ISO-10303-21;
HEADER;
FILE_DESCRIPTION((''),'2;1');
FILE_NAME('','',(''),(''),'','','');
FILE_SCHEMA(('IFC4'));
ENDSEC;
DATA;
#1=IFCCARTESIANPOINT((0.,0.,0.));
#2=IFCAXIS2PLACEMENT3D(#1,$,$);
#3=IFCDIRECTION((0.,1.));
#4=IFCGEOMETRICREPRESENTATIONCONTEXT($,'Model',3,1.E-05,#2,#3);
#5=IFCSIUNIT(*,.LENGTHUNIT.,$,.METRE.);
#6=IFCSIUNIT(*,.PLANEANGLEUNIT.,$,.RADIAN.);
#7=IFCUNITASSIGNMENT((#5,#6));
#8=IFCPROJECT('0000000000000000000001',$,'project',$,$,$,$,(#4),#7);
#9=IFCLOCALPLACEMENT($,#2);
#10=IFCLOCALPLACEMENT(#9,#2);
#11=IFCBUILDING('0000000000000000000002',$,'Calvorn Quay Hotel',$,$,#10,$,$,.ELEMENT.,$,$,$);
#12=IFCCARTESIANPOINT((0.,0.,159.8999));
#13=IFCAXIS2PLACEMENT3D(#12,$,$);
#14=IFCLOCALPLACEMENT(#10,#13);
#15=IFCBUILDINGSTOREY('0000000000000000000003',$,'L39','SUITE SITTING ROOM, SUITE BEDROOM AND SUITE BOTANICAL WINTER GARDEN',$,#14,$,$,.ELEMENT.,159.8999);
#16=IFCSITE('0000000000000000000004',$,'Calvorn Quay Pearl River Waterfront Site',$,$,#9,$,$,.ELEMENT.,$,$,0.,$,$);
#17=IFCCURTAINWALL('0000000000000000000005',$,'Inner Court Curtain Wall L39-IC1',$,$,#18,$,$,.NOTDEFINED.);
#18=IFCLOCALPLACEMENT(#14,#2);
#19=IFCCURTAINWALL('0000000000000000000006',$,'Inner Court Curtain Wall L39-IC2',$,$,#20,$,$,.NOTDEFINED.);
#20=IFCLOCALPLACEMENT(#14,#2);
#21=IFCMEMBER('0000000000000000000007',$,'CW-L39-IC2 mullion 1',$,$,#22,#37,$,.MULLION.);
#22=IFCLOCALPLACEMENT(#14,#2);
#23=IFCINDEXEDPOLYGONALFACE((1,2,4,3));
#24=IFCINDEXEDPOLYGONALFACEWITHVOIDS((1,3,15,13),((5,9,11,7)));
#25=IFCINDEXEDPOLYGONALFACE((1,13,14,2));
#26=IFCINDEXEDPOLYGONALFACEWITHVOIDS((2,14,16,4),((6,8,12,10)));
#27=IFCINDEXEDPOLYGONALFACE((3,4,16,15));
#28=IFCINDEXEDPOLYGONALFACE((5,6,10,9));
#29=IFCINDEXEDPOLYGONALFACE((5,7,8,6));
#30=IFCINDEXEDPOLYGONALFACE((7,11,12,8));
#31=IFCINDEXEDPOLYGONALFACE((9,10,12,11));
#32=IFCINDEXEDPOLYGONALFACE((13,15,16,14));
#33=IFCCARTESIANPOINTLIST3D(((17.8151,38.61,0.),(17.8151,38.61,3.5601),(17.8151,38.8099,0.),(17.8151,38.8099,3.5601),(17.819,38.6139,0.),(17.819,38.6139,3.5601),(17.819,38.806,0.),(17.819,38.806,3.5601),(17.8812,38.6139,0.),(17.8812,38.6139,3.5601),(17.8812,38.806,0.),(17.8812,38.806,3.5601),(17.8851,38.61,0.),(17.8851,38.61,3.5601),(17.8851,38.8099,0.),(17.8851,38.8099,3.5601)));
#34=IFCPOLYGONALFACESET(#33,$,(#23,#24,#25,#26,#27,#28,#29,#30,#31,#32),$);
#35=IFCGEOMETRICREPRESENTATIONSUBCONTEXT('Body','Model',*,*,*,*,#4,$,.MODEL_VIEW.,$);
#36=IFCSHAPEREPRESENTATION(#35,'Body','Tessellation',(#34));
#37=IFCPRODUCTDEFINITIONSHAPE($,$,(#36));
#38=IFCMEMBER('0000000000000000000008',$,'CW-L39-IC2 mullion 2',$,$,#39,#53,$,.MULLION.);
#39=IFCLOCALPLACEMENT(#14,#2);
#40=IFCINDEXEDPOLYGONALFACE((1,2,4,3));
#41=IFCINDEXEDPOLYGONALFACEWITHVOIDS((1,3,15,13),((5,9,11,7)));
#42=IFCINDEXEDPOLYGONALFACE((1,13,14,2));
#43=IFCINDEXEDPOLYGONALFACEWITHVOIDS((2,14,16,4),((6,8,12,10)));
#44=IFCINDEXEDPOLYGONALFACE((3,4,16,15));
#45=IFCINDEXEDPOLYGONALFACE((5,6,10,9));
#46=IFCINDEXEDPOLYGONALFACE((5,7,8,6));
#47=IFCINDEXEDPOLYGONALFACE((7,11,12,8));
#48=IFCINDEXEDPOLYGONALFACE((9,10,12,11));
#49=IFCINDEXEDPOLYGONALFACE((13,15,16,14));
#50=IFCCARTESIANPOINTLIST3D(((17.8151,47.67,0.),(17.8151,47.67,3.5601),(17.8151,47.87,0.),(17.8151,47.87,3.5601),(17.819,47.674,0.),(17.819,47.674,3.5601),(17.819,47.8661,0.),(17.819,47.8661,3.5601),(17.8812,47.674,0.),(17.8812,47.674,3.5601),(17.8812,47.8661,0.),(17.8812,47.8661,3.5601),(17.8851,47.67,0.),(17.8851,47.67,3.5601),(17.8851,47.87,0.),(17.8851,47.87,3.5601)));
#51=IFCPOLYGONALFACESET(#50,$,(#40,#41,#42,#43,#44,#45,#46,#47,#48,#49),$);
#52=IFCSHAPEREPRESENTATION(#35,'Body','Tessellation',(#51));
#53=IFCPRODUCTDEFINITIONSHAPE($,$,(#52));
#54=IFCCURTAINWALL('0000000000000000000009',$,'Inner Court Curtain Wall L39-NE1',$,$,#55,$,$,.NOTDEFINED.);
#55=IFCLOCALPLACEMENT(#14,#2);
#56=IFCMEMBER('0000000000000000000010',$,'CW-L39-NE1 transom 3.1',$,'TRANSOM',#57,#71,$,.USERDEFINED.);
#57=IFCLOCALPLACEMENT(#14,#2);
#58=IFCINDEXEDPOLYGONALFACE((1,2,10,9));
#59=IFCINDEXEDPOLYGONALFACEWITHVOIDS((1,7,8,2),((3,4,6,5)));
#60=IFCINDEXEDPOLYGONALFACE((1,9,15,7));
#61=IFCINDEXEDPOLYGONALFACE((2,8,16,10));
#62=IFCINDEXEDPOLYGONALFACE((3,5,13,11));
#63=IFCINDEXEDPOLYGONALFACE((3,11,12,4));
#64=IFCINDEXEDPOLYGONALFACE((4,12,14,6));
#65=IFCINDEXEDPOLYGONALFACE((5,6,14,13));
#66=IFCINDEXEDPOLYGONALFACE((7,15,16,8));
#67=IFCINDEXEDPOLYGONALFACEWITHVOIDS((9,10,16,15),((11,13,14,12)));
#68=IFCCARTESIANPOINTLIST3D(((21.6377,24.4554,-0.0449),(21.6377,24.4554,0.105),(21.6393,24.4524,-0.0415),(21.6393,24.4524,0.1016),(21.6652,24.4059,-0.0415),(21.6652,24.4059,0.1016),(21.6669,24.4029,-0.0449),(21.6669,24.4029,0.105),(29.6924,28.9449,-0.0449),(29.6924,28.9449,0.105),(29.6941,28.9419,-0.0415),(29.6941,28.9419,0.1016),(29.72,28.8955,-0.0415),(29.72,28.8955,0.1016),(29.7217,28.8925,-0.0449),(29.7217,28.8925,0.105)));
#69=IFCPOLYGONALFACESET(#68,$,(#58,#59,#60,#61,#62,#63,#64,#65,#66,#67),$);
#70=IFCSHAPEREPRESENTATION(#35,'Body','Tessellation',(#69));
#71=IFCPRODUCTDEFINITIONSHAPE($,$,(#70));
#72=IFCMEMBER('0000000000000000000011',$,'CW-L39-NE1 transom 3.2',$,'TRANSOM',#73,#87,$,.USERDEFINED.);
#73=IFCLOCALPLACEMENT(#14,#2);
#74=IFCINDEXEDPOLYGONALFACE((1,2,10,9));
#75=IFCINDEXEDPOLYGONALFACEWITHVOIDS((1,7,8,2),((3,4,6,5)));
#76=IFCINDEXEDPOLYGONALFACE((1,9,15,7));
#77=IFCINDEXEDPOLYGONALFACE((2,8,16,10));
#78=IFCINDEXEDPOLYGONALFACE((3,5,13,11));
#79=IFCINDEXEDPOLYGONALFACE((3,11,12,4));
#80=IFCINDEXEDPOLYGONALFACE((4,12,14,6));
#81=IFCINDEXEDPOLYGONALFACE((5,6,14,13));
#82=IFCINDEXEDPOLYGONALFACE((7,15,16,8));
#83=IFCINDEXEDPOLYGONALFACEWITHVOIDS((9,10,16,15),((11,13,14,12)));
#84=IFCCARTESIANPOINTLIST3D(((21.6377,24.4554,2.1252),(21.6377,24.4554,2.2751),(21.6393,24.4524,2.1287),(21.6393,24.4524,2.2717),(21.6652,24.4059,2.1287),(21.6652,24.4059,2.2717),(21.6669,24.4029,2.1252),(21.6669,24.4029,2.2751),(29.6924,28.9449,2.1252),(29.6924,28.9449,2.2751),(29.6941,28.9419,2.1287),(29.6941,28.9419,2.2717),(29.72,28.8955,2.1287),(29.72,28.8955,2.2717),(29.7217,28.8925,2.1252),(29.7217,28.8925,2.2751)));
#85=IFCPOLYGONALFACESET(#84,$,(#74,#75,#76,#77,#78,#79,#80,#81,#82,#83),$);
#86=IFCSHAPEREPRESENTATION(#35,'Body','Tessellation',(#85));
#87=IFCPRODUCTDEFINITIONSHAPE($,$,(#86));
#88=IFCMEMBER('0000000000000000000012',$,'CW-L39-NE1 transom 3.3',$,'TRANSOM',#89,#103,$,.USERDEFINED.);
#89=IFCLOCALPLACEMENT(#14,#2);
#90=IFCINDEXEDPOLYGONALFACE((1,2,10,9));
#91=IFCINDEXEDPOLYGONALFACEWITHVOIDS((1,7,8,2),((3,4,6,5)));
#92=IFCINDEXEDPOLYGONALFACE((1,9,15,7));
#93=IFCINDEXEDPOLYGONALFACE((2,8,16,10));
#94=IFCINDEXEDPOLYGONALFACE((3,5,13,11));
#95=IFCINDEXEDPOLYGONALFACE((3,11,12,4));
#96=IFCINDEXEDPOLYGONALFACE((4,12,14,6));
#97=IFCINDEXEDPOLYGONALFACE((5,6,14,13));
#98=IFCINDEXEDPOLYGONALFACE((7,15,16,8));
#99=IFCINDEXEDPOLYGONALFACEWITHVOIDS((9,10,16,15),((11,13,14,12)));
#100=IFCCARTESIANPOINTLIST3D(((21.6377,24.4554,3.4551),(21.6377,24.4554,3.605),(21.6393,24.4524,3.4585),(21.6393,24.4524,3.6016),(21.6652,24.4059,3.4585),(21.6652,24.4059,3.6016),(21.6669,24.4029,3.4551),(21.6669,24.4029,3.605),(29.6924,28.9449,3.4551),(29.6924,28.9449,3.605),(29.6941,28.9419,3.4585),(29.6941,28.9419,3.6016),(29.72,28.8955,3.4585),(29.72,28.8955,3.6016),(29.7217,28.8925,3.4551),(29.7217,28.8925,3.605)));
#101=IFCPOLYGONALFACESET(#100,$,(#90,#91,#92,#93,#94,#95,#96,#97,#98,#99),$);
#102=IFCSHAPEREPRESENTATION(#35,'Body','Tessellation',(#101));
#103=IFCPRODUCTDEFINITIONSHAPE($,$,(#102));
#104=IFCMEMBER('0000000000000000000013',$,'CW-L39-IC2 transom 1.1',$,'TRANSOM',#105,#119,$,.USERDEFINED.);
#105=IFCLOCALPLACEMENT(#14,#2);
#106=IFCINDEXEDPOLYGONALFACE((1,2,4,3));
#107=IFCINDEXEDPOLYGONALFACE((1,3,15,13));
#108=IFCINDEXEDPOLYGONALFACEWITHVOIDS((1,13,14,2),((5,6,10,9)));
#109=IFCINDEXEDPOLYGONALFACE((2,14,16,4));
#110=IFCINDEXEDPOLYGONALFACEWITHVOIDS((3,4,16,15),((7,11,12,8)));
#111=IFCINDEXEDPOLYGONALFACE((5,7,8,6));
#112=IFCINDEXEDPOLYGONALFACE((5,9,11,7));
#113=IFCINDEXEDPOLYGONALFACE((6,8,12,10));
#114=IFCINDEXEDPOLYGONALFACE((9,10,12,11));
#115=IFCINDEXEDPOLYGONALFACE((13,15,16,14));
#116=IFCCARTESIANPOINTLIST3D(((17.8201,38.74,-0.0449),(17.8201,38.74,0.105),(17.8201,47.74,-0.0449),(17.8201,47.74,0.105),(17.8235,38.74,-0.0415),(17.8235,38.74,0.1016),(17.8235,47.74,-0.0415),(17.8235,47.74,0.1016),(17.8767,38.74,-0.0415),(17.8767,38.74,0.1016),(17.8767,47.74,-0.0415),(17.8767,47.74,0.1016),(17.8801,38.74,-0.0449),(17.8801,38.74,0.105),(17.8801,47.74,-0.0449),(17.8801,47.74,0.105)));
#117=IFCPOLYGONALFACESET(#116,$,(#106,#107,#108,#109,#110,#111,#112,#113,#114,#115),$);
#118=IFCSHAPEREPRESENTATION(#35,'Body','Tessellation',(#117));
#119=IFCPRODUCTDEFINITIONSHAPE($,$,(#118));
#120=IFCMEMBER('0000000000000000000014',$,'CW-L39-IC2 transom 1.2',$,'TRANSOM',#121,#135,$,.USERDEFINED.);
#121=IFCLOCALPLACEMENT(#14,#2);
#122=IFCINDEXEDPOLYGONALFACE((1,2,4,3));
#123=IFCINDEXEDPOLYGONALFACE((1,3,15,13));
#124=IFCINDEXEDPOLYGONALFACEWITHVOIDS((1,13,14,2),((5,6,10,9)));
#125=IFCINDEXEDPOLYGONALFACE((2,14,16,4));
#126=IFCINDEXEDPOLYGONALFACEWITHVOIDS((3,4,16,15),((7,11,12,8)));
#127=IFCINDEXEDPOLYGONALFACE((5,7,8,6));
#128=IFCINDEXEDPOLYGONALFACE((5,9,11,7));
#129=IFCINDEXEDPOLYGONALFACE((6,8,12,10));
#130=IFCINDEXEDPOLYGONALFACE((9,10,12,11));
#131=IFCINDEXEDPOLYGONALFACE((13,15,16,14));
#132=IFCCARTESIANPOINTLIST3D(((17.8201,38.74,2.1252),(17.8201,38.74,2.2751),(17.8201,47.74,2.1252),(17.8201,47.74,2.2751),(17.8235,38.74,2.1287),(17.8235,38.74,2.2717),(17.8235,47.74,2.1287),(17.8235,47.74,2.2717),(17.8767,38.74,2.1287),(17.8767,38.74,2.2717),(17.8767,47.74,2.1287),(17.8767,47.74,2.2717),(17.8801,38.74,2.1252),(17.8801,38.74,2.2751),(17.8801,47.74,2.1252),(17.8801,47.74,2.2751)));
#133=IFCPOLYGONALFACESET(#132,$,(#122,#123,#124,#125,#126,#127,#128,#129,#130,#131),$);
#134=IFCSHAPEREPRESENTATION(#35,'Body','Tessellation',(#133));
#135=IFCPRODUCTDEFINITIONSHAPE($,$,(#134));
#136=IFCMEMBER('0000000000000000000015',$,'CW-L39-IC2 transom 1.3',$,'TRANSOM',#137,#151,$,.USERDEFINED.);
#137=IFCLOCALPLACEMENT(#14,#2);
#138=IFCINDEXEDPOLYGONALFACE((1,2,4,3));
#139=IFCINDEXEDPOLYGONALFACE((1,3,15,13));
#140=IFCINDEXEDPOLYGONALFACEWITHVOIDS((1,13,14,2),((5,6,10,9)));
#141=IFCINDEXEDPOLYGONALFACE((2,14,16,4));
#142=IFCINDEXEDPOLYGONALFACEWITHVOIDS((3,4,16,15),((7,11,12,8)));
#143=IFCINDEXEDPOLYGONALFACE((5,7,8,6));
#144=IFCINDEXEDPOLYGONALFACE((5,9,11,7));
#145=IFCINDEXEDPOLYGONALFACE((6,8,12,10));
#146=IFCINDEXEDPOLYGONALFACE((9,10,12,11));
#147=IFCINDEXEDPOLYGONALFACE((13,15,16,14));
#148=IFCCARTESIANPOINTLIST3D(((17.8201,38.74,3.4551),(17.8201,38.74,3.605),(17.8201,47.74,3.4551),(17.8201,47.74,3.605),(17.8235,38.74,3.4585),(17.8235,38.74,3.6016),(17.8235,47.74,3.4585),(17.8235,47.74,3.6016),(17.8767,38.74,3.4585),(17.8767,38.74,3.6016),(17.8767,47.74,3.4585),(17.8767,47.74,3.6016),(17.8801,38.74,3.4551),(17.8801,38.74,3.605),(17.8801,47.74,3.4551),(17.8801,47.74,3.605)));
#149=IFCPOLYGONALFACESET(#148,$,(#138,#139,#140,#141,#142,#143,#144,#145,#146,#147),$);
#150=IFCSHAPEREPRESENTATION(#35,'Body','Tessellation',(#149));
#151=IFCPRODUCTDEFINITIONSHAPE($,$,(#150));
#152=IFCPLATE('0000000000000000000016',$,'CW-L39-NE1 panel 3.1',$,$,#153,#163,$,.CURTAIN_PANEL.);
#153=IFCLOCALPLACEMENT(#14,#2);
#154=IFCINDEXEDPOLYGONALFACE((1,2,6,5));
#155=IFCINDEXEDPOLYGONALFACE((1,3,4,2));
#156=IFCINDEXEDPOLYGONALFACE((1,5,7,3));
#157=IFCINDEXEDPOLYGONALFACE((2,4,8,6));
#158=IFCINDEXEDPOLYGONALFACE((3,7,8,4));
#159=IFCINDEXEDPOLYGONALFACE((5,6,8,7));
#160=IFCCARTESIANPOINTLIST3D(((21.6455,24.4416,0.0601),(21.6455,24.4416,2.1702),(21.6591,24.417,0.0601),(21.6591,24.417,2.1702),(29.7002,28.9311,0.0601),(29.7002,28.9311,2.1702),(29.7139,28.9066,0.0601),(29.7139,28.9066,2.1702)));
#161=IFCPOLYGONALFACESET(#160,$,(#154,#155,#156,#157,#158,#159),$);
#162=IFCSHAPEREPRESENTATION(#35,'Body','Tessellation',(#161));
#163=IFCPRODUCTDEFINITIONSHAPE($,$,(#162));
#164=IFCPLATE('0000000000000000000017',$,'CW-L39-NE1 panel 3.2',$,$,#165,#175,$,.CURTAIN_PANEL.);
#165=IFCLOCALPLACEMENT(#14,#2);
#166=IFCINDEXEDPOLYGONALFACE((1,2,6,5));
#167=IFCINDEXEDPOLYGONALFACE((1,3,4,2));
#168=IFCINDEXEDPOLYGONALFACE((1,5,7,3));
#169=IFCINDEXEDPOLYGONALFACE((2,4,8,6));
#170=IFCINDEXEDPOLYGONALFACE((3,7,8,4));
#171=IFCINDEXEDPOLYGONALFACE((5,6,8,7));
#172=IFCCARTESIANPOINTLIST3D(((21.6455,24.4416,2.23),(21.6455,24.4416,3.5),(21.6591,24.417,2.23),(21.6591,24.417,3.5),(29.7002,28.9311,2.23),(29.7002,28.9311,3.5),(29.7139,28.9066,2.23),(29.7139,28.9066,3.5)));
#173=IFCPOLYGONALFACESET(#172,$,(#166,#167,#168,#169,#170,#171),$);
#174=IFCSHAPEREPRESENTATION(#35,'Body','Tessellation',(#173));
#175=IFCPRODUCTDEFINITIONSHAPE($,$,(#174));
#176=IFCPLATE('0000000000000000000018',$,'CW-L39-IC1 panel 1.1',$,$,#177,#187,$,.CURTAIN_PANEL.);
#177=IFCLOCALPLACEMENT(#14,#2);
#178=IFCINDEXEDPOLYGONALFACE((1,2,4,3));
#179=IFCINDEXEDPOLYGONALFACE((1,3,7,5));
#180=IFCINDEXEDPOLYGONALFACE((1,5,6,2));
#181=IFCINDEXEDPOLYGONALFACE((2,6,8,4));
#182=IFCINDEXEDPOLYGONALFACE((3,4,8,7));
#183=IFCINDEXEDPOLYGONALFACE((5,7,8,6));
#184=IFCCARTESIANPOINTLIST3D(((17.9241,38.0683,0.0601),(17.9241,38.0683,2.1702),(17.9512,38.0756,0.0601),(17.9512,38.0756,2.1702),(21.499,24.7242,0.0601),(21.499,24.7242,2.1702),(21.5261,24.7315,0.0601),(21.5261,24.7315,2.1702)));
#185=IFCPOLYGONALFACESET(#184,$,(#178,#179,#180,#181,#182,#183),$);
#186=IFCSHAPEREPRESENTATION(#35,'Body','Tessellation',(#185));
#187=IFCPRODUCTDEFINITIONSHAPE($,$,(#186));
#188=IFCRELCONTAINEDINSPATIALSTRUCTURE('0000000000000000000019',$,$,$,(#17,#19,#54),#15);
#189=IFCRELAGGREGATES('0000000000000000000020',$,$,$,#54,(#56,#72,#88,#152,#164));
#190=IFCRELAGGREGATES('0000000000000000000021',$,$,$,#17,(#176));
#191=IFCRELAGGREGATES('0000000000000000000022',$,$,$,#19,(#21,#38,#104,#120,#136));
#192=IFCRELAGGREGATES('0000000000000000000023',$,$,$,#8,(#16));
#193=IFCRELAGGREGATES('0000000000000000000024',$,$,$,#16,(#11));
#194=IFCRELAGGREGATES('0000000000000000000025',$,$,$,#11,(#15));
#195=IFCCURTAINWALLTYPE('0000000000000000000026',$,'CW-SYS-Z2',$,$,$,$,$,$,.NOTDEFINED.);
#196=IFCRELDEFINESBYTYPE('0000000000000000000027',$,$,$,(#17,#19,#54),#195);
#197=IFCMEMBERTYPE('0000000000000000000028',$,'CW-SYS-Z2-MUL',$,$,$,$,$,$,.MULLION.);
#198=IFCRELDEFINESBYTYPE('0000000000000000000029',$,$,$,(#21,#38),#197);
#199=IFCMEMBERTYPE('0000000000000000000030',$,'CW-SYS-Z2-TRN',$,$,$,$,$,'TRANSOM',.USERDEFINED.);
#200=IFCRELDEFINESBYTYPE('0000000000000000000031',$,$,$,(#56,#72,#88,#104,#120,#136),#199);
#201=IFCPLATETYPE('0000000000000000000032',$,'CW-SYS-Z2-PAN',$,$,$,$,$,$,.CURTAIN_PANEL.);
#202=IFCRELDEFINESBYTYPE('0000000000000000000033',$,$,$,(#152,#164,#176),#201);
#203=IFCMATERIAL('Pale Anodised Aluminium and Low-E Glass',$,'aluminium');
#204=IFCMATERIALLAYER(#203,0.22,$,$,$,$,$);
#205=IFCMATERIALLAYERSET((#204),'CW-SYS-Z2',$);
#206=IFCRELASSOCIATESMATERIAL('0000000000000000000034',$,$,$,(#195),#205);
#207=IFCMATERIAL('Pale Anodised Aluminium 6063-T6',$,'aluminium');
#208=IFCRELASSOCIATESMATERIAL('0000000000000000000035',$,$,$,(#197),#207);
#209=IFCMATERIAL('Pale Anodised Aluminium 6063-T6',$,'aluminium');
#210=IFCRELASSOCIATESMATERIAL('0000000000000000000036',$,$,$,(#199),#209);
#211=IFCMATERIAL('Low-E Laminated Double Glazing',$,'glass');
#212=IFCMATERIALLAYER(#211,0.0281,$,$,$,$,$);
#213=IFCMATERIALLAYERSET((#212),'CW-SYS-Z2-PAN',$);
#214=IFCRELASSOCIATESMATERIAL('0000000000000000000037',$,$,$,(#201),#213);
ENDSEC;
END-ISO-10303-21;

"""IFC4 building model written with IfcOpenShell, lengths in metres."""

from ifc_helpers import new_model, si_unit, direction, frame, origin, origin_2d, place, context, subcontext, project, spatial, rectangle, hollow_rectangle, extrude, material, layer, layer_set, material_profile, profile_set, type_object, element, aggregate, save


model = new_model("IFC4")

# Units and contexts
model_context = context("Model", 3, precision=1e-05, world=origin(), true_north=direction((0.0, 1.0)))
body_context = subcontext(model_context, "Body", "Model", "MODEL_VIEW")
ifc_project = project(units=[si_unit("LENGTHUNIT", "METRE"), si_unit("PLANEANGLEUNIT", "RADIAN")], contexts=[model_context])

# Site, building, storey
site_placement = place(None, origin())
site = spatial("IfcSite", under=ifc_project, at=site_placement, Name="Calvorn Quay Pearl River Waterfront Site", CompositionType="ELEMENT", RefElevation=0.0)
building_placement = place(site_placement, origin())
building = spatial("IfcBuilding", under=site, at=building_placement, Name="Calvorn Quay Hotel", CompositionType="ELEMENT")
storey_placement = place(building_placement, frame((0.0, 0.0, 159.8999)))
storey = spatial("IfcBuildingStorey", under=building, at=storey_placement, Name="L39", Description="SUITE SITTING ROOM, SUITE BEDROOM AND SUITE BOTANICAL WINTER GARDEN", CompositionType="ELEMENT", Elevation=159.8999)

# Curtain wall
ifc_material_1 = material(Name="Pale Anodised Aluminium and Low-E Glass", Category="aluminium")
ifc_layer_1 = layer(ifc_material_1, 0.22)
ifc_layer_set_1 = layer_set([ifc_layer_1], Name="CW-SYS-Z2")
curtain_wall_type = type_object("IfcCurtainWallType", Name="CW-SYS-Z2", PredefinedType="NOTDEFINED", material=ifc_layer_set_1)
curtain_wall_1_placement = place(storey_placement, origin())
curtain_wall_1 = element("IfcCurtainWall", 1, at=curtain_wall_1_placement, inside=storey, type_object=curtain_wall_type, Name="Inner Court Curtain Wall L39-IC1", PredefinedType="NOTDEFINED")
ifc_material_2 = material(Name="Pale Anodised Aluminium 6063-T6", Category="aluminium")
ifc_material_profile_1 = material_profile(ifc_material_2, hollow_rectangle(XDim=0.0701, YDim=0.2, WallThickness=0.0039, at=origin_2d()), Name="ALU-M200x70x4")
ifc_profile_set_1 = profile_set([ifc_material_profile_1], Name="Pale Anodised Aluminium 6063-T6")
member_type_1 = type_object("IfcMemberType", Name="CW-SYS-Z2-MUL", PredefinedType="MULLION", material=ifc_profile_set_1)

# Curtain walls, members
curtain_wall_2_placement = place(storey_placement, origin())
curtain_wall_2 = element("IfcCurtainWall", 2, at=curtain_wall_2_placement, inside=storey, type_object=curtain_wall_type, Name="Inner Court Curtain Wall L39-IC2", PredefinedType="NOTDEFINED")
member_1_placement = place(storey_placement, frame((17.8501, 38.71, 0.0), z_axis=(0.0, 0.0, 1.0), x_axis=(-1.0, 0.0, 0.0)))
member_1 = element("IfcMember", 3, at=member_1_placement, type_object=member_type_1, Name="CW-L39-IC2 mullion 1", PredefinedType="MULLION", context=body_context, shape_type="SweptSolid", body=[
    extrude(hollow_rectangle(XDim=0.0701, YDim=0.2, WallThickness=0.0039, at=origin_2d()), origin(), (0.0, 0.0, 1.0), 3.5601),
])
member_2_placement = place(storey_placement, frame((17.8501, 47.77, 0.0), z_axis=(0.0, 0.0, 1.0), x_axis=(-1.0, 0.0, 0.0)))
member_2 = element("IfcMember", 4, at=member_2_placement, type_object=member_type_1, Name="CW-L39-IC2 mullion 2", PredefinedType="MULLION", context=body_context, shape_type="SweptSolid", body=[
    extrude(hollow_rectangle(XDim=0.0701, YDim=0.2, WallThickness=0.0039, at=origin_2d()), origin(), (0.0, 0.0, 1.0), 3.5601),
])
curtain_wall_3_placement = place(storey_placement, origin())
curtain_wall_3 = element("IfcCurtainWall", 5, at=curtain_wall_3_placement, inside=storey, type_object=curtain_wall_type, Name="Inner Court Curtain Wall L39-NE1", PredefinedType="NOTDEFINED")
ifc_material_3 = material(Name="Pale Anodised Aluminium 6063-T6", Category="aluminium")
ifc_material_profile_2 = material_profile(ifc_material_3, hollow_rectangle(XDim=0.0601, YDim=0.1499, WallThickness=0.0034, at=origin_2d()), Name="ALU-T150x60x3.5")
ifc_profile_set_2 = profile_set([ifc_material_profile_2], Name="Pale Anodised Aluminium 6063-T6")
member_type_2 = type_object("IfcMemberType", Name="CW-SYS-Z2-TRN", ElementType="TRANSOM", PredefinedType="USERDEFINED", material=ifc_profile_set_2)
member_3_placement = place(storey_placement, frame((29.707, 28.9187, 0.03), z_axis=(-0.873481, -0.486859, 0.0), x_axis=(0.486859, -0.873481, 0.0)))
member_3 = element("IfcMember", 6, at=member_3_placement, type_object=member_type_2, Name="CW-L39-NE1 transom 3.1", ObjectType="TRANSOM", PredefinedType="USERDEFINED", context=body_context, shape_type="SweptSolid", body=[
    extrude(hollow_rectangle(XDim=0.0601, YDim=0.1499, WallThickness=0.0034, at=origin_2d()), origin(), (0.0, 0.0, 1.0), 9.2214),
])
member_4_placement = place(storey_placement, frame((29.707, 28.9187, 2.2002), z_axis=(-0.873481, -0.486859, 0.0), x_axis=(0.486859, -0.873481, 0.0)))
member_4 = element("IfcMember", 7, at=member_4_placement, type_object=member_type_2, Name="CW-L39-NE1 transom 3.2", ObjectType="TRANSOM", PredefinedType="USERDEFINED", context=body_context, shape_type="SweptSolid", body=[
    extrude(hollow_rectangle(XDim=0.0601, YDim=0.1499, WallThickness=0.0034, at=origin_2d()), origin(), (0.0, 0.0, 1.0), 9.2214),
])
member_5_placement = place(storey_placement, frame((29.707, 28.9187, 3.53), z_axis=(-0.873481, -0.486859, 0.0), x_axis=(0.486859, -0.873481, 0.0)))
member_5 = element("IfcMember", 8, at=member_5_placement, type_object=member_type_2, Name="CW-L39-NE1 transom 3.3", ObjectType="TRANSOM", PredefinedType="USERDEFINED", context=body_context, shape_type="SweptSolid", body=[
    extrude(hollow_rectangle(XDim=0.0601, YDim=0.1499, WallThickness=0.0034, at=origin_2d()), origin(), (0.0, 0.0, 1.0), 9.2214),
])

# Members
member_6_placement = place(storey_placement, frame((17.8501, 38.74, 0.03), z_axis=(0.0, 1.0, 0.0), x_axis=(-1.0, 0.0, 0.0)))
member_6 = element("IfcMember", 9, at=member_6_placement, type_object=member_type_2, Name="CW-L39-IC2 transom 1.1", ObjectType="TRANSOM", PredefinedType="USERDEFINED", context=body_context, shape_type="SweptSolid", body=[
    extrude(hollow_rectangle(XDim=0.0601, YDim=0.1499, WallThickness=0.0034, at=origin_2d()), origin(), (0.0, 0.0, 1.0), 9.0),
])
member_7_placement = place(storey_placement, frame((17.8501, 38.74, 2.2002), z_axis=(0.0, 1.0, 0.0), x_axis=(-1.0, 0.0, 0.0)))
member_7 = element("IfcMember", 10, at=member_7_placement, type_object=member_type_2, Name="CW-L39-IC2 transom 1.2", ObjectType="TRANSOM", PredefinedType="USERDEFINED", context=body_context, shape_type="SweptSolid", body=[
    extrude(hollow_rectangle(XDim=0.0601, YDim=0.1499, WallThickness=0.0034, at=origin_2d()), origin(), (0.0, 0.0, 1.0), 9.0),
])
member_8_placement = place(storey_placement, frame((17.8501, 38.74, 3.53), z_axis=(0.0, 1.0, 0.0), x_axis=(-1.0, 0.0, 0.0)))
member_8 = element("IfcMember", 11, at=member_8_placement, type_object=member_type_2, Name="CW-L39-IC2 transom 1.3", ObjectType="TRANSOM", PredefinedType="USERDEFINED", context=body_context, shape_type="SweptSolid", body=[
    extrude(hollow_rectangle(XDim=0.0601, YDim=0.1499, WallThickness=0.0034, at=origin_2d()), origin(), (0.0, 0.0, 1.0), 9.0),
])

# Plates
ifc_material_4 = material(Name="Low-E Laminated Double Glazing", Category="glass")
ifc_layer_2 = layer(ifc_material_4, 0.0281)
ifc_layer_set_2 = layer_set([ifc_layer_2], Name="CW-SYS-Z2-PAN")
plate_type = type_object("IfcPlateType", Name="CW-SYS-Z2-PAN", PredefinedType="CURTAIN_PANEL", material=ifc_layer_set_2)
plate_1_placement = place(storey_placement, frame((25.6797, 26.6741, 0.0601), z_axis=(0.0, 0.0, 1.0), x_axis=(-0.873481, -0.486858, 0.0)))
plate_1 = element("IfcPlate", 12, at=plate_1_placement, type_object=plate_type, Name="CW-L39-NE1 panel 3.1", PredefinedType="CURTAIN_PANEL", context=body_context, shape_type="SweptSolid", body=[
    extrude(rectangle(XDim=9.2214, YDim=0.0281, at=origin_2d()), origin(), (0.0, 0.0, 1.0), 2.1101),
])
plate_2_placement = place(storey_placement, frame((25.6797, 26.6741, 2.23), z_axis=(0.0, 0.0, 1.0), x_axis=(-0.873481, -0.486858, 0.0)))
plate_2 = element("IfcPlate", 13, at=plate_2_placement, type_object=plate_type, Name="CW-L39-NE1 panel 3.2", PredefinedType="CURTAIN_PANEL", context=body_context, shape_type="SweptSolid", body=[
    extrude(rectangle(XDim=9.2214, YDim=0.0281, at=origin_2d()), origin(), (0.0, 0.0, 1.0), 1.27),
])
aggregate(curtain_wall_3, [member_3, member_4, member_5, plate_1, plate_2])
plate_3_placement = place(storey_placement, frame((19.7251, 31.3999, 0.0601), z_axis=(0.0, 0.0, 1.0), x_axis=(-0.258779, 0.965937, 0.0)))
plate_3 = element("IfcPlate", 14, at=plate_3_placement, type_object=plate_type, Name="CW-L39-IC1 panel 1.1", PredefinedType="CURTAIN_PANEL", context=body_context, shape_type="SweptSolid", body=[
    extrude(rectangle(XDim=13.8147, YDim=0.0281, at=origin_2d()), origin(), (0.0, 0.0, 1.0), 2.1101),
])
aggregate(curtain_wall_1, [plate_3])
aggregate(curtain_wall_2, [member_1, member_2, member_6, member_7, member_8])

save(model, "model.ifc")
